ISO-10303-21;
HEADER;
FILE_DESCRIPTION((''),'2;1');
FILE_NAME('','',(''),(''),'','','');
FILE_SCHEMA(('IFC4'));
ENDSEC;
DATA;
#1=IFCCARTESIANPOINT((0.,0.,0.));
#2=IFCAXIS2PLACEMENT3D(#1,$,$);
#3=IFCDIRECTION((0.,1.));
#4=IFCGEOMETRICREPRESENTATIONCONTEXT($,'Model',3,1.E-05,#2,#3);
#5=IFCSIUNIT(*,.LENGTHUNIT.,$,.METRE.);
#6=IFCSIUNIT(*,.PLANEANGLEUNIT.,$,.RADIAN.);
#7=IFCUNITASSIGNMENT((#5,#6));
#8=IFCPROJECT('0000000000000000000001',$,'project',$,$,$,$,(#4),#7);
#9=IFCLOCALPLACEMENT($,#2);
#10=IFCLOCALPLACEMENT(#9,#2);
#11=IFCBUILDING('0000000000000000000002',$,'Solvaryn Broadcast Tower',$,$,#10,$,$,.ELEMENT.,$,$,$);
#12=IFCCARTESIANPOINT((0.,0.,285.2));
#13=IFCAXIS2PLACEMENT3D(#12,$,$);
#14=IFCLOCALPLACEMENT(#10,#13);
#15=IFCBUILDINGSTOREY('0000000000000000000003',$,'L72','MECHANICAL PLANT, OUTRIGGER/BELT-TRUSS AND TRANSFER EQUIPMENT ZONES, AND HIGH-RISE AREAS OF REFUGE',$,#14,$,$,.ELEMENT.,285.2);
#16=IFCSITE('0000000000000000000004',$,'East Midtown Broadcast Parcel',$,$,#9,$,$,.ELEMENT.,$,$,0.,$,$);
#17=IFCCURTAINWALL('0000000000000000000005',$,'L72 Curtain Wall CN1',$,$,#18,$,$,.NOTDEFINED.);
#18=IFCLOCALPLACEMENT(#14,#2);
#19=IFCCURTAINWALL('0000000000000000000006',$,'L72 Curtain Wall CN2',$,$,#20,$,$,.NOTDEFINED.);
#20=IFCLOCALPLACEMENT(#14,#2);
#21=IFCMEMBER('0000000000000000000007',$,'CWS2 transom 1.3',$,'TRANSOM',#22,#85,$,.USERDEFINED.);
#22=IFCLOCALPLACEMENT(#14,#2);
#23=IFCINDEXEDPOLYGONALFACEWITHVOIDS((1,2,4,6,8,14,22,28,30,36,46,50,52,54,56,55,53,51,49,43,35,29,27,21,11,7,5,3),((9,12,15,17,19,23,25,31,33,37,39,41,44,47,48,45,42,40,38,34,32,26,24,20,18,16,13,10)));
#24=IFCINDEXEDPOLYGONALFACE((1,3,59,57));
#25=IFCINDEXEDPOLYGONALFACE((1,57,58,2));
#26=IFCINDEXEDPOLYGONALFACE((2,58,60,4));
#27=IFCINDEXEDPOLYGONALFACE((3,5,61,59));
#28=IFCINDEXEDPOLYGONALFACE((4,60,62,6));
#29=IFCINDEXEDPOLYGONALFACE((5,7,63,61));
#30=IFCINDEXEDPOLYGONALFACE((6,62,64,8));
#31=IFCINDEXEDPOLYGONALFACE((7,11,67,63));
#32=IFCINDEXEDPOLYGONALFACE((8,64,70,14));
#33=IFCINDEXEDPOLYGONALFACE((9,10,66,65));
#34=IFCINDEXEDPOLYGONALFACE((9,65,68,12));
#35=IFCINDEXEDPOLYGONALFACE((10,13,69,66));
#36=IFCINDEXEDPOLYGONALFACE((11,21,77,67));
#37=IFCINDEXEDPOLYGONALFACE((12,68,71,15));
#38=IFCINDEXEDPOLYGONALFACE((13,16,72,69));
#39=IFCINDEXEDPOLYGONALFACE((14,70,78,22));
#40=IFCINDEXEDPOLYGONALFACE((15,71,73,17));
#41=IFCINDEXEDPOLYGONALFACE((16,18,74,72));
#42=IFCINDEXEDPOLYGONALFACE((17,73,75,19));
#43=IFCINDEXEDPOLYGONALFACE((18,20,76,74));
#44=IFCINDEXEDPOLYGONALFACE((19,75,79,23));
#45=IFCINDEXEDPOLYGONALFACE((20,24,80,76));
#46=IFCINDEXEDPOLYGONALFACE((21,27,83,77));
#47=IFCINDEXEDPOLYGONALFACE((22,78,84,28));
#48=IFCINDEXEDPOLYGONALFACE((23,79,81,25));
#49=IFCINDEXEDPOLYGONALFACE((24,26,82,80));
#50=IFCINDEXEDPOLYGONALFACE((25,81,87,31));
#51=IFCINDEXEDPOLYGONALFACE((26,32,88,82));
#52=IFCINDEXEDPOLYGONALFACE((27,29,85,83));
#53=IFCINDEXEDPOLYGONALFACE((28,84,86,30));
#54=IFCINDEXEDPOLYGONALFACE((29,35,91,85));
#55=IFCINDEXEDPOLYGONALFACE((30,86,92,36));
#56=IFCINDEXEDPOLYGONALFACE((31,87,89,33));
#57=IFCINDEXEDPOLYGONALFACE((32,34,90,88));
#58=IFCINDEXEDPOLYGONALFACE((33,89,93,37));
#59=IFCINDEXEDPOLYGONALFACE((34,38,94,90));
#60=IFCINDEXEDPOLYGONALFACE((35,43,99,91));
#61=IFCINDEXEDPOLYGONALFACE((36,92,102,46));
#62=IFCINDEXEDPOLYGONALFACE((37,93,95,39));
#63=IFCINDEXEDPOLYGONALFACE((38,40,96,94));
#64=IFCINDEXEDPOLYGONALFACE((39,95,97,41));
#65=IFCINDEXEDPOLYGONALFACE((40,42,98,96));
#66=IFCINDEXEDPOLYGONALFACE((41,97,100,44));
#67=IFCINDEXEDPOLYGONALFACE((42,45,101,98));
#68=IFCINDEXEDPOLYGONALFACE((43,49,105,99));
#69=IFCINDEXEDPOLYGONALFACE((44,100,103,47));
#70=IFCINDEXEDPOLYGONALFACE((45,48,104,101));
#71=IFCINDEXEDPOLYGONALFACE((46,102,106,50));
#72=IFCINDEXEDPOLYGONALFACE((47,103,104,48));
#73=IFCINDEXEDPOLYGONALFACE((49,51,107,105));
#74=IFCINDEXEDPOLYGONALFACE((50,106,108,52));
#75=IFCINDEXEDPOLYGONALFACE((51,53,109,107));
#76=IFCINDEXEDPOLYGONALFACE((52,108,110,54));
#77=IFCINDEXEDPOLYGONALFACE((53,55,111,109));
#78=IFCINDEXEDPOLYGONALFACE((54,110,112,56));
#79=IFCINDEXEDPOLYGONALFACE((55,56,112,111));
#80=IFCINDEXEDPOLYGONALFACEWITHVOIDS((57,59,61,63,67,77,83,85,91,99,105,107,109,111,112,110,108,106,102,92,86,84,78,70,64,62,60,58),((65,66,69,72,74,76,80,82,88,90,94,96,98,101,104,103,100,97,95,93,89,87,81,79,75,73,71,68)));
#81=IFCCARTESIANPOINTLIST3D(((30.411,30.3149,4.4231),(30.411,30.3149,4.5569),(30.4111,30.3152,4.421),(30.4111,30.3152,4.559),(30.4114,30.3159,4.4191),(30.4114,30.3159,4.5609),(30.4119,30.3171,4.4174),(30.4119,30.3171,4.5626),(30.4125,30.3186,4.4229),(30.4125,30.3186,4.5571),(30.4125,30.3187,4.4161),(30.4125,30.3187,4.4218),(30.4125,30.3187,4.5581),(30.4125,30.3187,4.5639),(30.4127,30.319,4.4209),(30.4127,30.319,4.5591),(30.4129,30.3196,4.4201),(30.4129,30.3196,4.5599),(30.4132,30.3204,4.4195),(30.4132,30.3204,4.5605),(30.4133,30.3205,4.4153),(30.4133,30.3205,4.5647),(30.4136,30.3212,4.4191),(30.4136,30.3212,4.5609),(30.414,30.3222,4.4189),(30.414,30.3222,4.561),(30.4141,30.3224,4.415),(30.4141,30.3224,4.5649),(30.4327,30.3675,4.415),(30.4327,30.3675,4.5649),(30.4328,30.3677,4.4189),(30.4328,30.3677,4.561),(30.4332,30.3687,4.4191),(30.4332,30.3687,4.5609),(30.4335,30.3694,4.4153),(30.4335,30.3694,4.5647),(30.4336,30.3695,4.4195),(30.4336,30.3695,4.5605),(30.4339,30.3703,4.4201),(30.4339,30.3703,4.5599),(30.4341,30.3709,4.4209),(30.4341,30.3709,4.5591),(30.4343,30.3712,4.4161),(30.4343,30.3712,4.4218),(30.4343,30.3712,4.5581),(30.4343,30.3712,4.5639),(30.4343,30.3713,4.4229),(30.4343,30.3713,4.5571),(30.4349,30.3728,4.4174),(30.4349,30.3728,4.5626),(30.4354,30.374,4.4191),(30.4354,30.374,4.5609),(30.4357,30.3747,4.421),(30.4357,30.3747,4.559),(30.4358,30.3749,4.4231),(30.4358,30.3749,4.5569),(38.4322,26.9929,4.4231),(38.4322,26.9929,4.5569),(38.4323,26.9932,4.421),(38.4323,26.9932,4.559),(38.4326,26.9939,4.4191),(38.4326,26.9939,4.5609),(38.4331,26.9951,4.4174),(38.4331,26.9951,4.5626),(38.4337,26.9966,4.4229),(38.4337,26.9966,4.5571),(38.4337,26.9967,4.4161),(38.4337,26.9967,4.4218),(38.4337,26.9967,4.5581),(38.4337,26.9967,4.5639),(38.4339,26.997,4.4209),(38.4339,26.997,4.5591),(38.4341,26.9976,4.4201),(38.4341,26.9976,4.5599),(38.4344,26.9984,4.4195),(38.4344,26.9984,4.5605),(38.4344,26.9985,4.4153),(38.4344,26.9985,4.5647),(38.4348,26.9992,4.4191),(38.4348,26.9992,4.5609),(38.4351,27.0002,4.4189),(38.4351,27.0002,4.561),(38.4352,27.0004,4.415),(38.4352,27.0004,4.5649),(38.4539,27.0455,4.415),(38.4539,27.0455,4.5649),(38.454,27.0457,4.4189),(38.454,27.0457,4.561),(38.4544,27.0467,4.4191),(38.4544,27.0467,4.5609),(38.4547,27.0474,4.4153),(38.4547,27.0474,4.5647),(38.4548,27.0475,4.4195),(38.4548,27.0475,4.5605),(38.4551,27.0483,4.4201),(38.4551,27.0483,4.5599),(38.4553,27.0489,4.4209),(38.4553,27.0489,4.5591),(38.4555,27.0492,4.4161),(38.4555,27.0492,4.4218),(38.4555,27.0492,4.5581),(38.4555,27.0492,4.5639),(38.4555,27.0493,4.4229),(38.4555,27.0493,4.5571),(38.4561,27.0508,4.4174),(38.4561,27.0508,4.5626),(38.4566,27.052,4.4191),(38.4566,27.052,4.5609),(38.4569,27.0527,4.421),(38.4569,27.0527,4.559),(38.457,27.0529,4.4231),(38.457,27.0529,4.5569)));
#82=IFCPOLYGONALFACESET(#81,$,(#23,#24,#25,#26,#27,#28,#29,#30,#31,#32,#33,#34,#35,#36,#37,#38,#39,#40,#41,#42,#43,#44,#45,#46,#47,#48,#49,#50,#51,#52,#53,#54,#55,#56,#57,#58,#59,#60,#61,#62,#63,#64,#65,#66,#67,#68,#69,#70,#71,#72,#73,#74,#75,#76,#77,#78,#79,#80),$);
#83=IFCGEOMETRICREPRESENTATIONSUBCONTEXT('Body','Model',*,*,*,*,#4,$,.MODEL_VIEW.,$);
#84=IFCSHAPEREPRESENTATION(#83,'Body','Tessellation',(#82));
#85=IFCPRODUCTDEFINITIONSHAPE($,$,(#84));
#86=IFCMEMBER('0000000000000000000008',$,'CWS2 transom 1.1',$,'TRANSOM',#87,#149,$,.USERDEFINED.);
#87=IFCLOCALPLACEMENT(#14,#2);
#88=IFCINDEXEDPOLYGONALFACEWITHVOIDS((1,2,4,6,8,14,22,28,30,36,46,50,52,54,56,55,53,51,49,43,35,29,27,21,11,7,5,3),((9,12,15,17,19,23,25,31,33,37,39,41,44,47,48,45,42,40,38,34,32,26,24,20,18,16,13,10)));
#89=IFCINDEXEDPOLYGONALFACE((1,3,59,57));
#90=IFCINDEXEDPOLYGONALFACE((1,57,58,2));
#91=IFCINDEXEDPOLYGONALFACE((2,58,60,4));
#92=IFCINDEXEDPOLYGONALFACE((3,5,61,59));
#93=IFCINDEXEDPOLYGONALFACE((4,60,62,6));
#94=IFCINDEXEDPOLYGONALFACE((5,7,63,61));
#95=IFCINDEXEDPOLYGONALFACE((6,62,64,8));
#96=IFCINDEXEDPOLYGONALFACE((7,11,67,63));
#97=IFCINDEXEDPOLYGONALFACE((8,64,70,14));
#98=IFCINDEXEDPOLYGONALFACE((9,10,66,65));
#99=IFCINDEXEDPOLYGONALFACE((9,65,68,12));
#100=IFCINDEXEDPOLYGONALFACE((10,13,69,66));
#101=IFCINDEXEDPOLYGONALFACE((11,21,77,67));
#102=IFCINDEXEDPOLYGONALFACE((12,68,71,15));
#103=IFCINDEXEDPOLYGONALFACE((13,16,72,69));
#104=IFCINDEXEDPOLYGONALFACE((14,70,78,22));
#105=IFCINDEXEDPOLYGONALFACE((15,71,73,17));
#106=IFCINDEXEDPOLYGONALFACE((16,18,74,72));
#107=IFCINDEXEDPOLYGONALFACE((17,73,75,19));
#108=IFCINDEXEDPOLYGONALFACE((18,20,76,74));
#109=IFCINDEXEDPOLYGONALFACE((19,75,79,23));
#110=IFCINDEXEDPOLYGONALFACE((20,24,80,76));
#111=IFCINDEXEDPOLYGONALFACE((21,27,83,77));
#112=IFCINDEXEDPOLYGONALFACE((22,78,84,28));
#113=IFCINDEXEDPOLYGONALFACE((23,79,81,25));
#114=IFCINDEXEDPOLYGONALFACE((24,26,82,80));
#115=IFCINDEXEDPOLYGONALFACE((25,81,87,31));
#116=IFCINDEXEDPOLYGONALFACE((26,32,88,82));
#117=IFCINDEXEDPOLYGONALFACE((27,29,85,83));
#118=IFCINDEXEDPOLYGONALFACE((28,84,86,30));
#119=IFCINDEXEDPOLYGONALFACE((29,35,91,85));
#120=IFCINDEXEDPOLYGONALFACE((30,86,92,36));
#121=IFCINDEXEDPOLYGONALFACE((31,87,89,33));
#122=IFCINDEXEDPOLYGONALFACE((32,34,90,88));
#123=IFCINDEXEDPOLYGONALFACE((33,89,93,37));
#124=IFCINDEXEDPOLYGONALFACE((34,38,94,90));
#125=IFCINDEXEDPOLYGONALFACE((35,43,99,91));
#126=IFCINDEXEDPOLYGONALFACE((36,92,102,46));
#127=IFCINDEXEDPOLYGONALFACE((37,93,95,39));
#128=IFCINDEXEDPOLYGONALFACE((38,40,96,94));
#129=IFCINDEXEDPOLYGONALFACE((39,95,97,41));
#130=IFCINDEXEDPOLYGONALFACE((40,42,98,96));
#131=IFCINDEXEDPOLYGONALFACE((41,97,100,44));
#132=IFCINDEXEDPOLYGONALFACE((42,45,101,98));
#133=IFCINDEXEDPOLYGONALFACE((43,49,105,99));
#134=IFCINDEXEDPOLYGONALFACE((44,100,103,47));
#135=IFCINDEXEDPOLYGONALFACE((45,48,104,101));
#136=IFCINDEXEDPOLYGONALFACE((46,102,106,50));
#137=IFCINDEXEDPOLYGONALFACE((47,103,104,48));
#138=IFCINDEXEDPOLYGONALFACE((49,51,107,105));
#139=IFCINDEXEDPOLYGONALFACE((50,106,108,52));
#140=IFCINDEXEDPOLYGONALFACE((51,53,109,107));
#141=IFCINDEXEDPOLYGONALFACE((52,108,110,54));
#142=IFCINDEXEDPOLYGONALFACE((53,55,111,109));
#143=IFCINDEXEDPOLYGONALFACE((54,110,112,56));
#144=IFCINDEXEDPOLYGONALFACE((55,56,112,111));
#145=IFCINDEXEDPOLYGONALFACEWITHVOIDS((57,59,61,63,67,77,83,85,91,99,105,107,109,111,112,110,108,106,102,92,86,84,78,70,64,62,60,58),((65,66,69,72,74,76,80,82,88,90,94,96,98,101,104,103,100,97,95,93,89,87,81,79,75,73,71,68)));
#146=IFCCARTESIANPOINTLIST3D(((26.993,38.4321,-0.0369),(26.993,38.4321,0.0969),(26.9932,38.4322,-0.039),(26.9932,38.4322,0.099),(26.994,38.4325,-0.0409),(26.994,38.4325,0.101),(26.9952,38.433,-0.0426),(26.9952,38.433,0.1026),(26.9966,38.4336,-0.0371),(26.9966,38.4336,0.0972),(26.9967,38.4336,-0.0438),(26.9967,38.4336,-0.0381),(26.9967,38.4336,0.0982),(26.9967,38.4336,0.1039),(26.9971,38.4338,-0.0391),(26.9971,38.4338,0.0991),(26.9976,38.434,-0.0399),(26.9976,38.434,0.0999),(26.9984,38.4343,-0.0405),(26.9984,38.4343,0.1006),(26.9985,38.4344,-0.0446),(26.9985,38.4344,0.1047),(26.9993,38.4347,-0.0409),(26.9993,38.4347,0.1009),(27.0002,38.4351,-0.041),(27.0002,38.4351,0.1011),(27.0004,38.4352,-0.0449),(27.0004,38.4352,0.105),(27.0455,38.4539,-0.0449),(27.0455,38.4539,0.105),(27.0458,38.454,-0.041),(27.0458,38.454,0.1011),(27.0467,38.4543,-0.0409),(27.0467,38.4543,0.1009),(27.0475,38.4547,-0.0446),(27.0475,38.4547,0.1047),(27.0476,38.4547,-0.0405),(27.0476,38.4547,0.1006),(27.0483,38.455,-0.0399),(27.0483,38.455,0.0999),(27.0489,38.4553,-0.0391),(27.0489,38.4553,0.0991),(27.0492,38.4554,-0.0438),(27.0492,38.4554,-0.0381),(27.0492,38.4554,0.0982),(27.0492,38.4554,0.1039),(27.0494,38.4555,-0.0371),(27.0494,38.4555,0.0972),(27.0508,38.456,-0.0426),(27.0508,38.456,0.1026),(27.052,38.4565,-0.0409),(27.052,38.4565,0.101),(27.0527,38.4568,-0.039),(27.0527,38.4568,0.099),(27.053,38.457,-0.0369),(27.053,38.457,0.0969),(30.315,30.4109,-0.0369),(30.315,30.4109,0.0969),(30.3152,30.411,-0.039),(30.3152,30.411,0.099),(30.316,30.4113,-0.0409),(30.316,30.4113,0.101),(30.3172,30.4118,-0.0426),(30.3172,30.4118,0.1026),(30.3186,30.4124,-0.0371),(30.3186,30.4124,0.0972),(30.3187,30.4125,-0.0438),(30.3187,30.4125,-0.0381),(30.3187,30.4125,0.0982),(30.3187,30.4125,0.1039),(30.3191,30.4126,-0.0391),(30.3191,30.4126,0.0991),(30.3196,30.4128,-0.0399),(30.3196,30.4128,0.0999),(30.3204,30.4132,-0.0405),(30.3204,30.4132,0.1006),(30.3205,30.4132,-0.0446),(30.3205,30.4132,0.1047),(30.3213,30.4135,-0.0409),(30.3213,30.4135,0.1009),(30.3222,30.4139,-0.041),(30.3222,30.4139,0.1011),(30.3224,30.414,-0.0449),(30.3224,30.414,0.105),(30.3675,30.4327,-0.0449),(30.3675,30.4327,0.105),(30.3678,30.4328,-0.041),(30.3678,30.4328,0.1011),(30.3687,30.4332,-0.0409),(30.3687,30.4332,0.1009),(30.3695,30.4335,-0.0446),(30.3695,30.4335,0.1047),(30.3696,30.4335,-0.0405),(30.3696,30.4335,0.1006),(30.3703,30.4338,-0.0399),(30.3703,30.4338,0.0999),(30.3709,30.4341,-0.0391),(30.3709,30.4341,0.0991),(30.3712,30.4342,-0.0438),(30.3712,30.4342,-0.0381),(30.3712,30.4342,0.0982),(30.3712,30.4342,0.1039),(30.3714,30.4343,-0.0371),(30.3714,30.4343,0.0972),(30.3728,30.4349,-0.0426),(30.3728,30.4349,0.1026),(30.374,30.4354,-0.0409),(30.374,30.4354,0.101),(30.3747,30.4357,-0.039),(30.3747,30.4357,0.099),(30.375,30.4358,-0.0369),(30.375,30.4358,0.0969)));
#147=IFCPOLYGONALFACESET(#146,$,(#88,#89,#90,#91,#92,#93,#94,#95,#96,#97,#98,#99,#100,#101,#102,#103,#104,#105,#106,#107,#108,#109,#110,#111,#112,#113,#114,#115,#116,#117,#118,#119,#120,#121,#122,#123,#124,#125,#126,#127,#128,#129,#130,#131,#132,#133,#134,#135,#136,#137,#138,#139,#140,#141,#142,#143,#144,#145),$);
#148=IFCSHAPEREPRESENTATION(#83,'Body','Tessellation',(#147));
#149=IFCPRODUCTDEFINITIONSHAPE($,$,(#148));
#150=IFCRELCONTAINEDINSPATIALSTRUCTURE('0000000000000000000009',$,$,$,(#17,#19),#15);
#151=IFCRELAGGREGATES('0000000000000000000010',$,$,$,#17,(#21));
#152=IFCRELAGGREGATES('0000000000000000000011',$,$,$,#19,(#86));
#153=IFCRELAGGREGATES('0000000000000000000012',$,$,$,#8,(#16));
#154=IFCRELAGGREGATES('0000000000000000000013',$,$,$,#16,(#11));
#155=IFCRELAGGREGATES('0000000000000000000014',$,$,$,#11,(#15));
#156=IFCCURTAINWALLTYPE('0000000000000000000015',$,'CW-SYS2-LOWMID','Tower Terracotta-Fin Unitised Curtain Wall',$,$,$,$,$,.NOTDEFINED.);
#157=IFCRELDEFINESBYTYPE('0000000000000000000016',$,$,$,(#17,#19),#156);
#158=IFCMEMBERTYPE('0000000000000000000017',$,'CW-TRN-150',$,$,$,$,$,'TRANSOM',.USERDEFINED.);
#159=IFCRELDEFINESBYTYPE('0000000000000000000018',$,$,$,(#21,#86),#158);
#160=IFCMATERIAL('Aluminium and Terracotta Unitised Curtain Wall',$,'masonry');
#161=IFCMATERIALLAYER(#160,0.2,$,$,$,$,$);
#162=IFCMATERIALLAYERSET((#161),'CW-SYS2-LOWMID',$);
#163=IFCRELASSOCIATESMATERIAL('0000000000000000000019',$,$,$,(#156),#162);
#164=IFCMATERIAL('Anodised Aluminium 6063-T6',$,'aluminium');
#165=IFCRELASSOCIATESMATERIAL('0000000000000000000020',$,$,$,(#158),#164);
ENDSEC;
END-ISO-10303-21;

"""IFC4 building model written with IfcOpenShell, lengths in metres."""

from ifc_helpers import new_model, si_unit, direction, frame, origin, origin_2d, place, context, subcontext, project, spatial, hollow_rectangle, extrude, material, layer, layer_set, material_profile, profile_set, type_object, element, aggregate, save


model = new_model("IFC4")

# Units and contexts
model_context = context("Model", 3, precision=1e-05, world=origin(), true_north=direction((0.0, 1.0)))
body_context = subcontext(model_context, "Body", "Model", "MODEL_VIEW")
ifc_project = project(units=[si_unit("LENGTHUNIT", "METRE"), si_unit("PLANEANGLEUNIT", "RADIAN")], contexts=[model_context])

# Site, building, storey
site_placement = place(None, origin())
site = spatial("IfcSite", under=ifc_project, at=site_placement, Name="East Midtown Broadcast Parcel", CompositionType="ELEMENT", RefElevation=0.0)
building_placement = place(site_placement, origin())
building = spatial("IfcBuilding", under=site, at=building_placement, Name="Solvaryn Broadcast Tower", CompositionType="ELEMENT")
storey_placement = place(building_placement, frame((0.0, 0.0, 285.2)))
storey = spatial("IfcBuildingStorey", under=building, at=storey_placement, Name="L72", Description="MECHANICAL PLANT, OUTRIGGER/BELT-TRUSS AND TRANSFER EQUIPMENT ZONES, AND HIGH-RISE AREAS OF REFUGE", CompositionType="ELEMENT", Elevation=285.2)

# Curtain wall
ifc_material_1 = material(Name="Aluminium and Terracotta Unitised Curtain Wall", Category="masonry")
ifc_layer_1 = layer(ifc_material_1, 0.2)
ifc_layer_set_1 = layer_set([ifc_layer_1], Name="CW-SYS2-LOWMID")
curtain_wall_type = type_object("IfcCurtainWallType", Name="CW-SYS2-LOWMID", Description="Tower Terracotta-Fin Unitised Curtain Wall", PredefinedType="NOTDEFINED", material=ifc_layer_set_1)
curtain_wall_1_placement = place(storey_placement, origin())
curtain_wall_1 = element("IfcCurtainWall", 1, at=curtain_wall_1_placement, inside=storey, type_object=curtain_wall_type, Name="L72 Curtain Wall CN1", PredefinedType="NOTDEFINED")

# Curtain wall
curtain_wall_2_placement = place(storey_placement, origin())
curtain_wall_2 = element("IfcCurtainWall", 2, at=curtain_wall_2_placement, inside=storey, type_object=curtain_wall_type, Name="L72 Curtain Wall CN2", PredefinedType="NOTDEFINED")

# Members
ifc_material_2 = material(Name="Anodised Aluminium 6063-T6", Category="aluminium")
ifc_material_profile_1 = material_profile(ifc_material_2, hollow_rectangle(XDim=0.0649, YDim=0.1499, WallThickness=0.0039, InnerFilletRadius=0.0039, OuterFilletRadius=0.0081, at=origin_2d()))
ifc_profile_set_1 = profile_set([ifc_material_profile_1], Name="Anodised Aluminium 6063-T6")
member_type_1 = type_object("IfcMemberType", Name="CW-TRN-150", ElementType="TRANSOM", PredefinedType="USERDEFINED", material=ifc_profile_set_1)
member_1_placement = place(storey_placement, frame((38.4446, 27.0229, 4.49), z_axis=(-0.923899, 0.382636, 0.0), x_axis=(-0.382636, -0.923899, 0.0)))
member_1 = element("IfcMember", 3, at=member_1_placement, type_object=member_type_1, Name="CWS2 transom 1.3", ObjectType="TRANSOM", PredefinedType="USERDEFINED", context=body_context, shape_type="SweptSolid", body=[
    extrude(hollow_rectangle(XDim=0.0649, YDim=0.1499, WallThickness=0.0039, InnerFilletRadius=0.0039, OuterFilletRadius=0.0081, at=origin_2d()), origin(), (0.0, 0.0, 1.0), 8.6819),
])
member_2_placement = place(storey_placement, frame((30.345, 30.4233, 0.03), z_axis=(-0.382636, 0.923899, 0.0), x_axis=(-0.923899, -0.382636, 0.0)))
member_2 = element("IfcMember", 4, at=member_2_placement, type_object=member_type_1, Name="CWS2 transom 1.1", ObjectType="TRANSOM", PredefinedType="USERDEFINED", context=body_context, shape_type="SweptSolid", body=[
    extrude(hollow_rectangle(XDim=0.0649, YDim=0.1499, WallThickness=0.0039, InnerFilletRadius=0.0039, OuterFilletRadius=0.0081, at=origin_2d()), origin(), (0.0, 0.0, 1.0), 8.6819),
])

aggregate(curtain_wall_1, [member_1])
aggregate(curtain_wall_2, [member_2])

save(model, "model.ifc")
